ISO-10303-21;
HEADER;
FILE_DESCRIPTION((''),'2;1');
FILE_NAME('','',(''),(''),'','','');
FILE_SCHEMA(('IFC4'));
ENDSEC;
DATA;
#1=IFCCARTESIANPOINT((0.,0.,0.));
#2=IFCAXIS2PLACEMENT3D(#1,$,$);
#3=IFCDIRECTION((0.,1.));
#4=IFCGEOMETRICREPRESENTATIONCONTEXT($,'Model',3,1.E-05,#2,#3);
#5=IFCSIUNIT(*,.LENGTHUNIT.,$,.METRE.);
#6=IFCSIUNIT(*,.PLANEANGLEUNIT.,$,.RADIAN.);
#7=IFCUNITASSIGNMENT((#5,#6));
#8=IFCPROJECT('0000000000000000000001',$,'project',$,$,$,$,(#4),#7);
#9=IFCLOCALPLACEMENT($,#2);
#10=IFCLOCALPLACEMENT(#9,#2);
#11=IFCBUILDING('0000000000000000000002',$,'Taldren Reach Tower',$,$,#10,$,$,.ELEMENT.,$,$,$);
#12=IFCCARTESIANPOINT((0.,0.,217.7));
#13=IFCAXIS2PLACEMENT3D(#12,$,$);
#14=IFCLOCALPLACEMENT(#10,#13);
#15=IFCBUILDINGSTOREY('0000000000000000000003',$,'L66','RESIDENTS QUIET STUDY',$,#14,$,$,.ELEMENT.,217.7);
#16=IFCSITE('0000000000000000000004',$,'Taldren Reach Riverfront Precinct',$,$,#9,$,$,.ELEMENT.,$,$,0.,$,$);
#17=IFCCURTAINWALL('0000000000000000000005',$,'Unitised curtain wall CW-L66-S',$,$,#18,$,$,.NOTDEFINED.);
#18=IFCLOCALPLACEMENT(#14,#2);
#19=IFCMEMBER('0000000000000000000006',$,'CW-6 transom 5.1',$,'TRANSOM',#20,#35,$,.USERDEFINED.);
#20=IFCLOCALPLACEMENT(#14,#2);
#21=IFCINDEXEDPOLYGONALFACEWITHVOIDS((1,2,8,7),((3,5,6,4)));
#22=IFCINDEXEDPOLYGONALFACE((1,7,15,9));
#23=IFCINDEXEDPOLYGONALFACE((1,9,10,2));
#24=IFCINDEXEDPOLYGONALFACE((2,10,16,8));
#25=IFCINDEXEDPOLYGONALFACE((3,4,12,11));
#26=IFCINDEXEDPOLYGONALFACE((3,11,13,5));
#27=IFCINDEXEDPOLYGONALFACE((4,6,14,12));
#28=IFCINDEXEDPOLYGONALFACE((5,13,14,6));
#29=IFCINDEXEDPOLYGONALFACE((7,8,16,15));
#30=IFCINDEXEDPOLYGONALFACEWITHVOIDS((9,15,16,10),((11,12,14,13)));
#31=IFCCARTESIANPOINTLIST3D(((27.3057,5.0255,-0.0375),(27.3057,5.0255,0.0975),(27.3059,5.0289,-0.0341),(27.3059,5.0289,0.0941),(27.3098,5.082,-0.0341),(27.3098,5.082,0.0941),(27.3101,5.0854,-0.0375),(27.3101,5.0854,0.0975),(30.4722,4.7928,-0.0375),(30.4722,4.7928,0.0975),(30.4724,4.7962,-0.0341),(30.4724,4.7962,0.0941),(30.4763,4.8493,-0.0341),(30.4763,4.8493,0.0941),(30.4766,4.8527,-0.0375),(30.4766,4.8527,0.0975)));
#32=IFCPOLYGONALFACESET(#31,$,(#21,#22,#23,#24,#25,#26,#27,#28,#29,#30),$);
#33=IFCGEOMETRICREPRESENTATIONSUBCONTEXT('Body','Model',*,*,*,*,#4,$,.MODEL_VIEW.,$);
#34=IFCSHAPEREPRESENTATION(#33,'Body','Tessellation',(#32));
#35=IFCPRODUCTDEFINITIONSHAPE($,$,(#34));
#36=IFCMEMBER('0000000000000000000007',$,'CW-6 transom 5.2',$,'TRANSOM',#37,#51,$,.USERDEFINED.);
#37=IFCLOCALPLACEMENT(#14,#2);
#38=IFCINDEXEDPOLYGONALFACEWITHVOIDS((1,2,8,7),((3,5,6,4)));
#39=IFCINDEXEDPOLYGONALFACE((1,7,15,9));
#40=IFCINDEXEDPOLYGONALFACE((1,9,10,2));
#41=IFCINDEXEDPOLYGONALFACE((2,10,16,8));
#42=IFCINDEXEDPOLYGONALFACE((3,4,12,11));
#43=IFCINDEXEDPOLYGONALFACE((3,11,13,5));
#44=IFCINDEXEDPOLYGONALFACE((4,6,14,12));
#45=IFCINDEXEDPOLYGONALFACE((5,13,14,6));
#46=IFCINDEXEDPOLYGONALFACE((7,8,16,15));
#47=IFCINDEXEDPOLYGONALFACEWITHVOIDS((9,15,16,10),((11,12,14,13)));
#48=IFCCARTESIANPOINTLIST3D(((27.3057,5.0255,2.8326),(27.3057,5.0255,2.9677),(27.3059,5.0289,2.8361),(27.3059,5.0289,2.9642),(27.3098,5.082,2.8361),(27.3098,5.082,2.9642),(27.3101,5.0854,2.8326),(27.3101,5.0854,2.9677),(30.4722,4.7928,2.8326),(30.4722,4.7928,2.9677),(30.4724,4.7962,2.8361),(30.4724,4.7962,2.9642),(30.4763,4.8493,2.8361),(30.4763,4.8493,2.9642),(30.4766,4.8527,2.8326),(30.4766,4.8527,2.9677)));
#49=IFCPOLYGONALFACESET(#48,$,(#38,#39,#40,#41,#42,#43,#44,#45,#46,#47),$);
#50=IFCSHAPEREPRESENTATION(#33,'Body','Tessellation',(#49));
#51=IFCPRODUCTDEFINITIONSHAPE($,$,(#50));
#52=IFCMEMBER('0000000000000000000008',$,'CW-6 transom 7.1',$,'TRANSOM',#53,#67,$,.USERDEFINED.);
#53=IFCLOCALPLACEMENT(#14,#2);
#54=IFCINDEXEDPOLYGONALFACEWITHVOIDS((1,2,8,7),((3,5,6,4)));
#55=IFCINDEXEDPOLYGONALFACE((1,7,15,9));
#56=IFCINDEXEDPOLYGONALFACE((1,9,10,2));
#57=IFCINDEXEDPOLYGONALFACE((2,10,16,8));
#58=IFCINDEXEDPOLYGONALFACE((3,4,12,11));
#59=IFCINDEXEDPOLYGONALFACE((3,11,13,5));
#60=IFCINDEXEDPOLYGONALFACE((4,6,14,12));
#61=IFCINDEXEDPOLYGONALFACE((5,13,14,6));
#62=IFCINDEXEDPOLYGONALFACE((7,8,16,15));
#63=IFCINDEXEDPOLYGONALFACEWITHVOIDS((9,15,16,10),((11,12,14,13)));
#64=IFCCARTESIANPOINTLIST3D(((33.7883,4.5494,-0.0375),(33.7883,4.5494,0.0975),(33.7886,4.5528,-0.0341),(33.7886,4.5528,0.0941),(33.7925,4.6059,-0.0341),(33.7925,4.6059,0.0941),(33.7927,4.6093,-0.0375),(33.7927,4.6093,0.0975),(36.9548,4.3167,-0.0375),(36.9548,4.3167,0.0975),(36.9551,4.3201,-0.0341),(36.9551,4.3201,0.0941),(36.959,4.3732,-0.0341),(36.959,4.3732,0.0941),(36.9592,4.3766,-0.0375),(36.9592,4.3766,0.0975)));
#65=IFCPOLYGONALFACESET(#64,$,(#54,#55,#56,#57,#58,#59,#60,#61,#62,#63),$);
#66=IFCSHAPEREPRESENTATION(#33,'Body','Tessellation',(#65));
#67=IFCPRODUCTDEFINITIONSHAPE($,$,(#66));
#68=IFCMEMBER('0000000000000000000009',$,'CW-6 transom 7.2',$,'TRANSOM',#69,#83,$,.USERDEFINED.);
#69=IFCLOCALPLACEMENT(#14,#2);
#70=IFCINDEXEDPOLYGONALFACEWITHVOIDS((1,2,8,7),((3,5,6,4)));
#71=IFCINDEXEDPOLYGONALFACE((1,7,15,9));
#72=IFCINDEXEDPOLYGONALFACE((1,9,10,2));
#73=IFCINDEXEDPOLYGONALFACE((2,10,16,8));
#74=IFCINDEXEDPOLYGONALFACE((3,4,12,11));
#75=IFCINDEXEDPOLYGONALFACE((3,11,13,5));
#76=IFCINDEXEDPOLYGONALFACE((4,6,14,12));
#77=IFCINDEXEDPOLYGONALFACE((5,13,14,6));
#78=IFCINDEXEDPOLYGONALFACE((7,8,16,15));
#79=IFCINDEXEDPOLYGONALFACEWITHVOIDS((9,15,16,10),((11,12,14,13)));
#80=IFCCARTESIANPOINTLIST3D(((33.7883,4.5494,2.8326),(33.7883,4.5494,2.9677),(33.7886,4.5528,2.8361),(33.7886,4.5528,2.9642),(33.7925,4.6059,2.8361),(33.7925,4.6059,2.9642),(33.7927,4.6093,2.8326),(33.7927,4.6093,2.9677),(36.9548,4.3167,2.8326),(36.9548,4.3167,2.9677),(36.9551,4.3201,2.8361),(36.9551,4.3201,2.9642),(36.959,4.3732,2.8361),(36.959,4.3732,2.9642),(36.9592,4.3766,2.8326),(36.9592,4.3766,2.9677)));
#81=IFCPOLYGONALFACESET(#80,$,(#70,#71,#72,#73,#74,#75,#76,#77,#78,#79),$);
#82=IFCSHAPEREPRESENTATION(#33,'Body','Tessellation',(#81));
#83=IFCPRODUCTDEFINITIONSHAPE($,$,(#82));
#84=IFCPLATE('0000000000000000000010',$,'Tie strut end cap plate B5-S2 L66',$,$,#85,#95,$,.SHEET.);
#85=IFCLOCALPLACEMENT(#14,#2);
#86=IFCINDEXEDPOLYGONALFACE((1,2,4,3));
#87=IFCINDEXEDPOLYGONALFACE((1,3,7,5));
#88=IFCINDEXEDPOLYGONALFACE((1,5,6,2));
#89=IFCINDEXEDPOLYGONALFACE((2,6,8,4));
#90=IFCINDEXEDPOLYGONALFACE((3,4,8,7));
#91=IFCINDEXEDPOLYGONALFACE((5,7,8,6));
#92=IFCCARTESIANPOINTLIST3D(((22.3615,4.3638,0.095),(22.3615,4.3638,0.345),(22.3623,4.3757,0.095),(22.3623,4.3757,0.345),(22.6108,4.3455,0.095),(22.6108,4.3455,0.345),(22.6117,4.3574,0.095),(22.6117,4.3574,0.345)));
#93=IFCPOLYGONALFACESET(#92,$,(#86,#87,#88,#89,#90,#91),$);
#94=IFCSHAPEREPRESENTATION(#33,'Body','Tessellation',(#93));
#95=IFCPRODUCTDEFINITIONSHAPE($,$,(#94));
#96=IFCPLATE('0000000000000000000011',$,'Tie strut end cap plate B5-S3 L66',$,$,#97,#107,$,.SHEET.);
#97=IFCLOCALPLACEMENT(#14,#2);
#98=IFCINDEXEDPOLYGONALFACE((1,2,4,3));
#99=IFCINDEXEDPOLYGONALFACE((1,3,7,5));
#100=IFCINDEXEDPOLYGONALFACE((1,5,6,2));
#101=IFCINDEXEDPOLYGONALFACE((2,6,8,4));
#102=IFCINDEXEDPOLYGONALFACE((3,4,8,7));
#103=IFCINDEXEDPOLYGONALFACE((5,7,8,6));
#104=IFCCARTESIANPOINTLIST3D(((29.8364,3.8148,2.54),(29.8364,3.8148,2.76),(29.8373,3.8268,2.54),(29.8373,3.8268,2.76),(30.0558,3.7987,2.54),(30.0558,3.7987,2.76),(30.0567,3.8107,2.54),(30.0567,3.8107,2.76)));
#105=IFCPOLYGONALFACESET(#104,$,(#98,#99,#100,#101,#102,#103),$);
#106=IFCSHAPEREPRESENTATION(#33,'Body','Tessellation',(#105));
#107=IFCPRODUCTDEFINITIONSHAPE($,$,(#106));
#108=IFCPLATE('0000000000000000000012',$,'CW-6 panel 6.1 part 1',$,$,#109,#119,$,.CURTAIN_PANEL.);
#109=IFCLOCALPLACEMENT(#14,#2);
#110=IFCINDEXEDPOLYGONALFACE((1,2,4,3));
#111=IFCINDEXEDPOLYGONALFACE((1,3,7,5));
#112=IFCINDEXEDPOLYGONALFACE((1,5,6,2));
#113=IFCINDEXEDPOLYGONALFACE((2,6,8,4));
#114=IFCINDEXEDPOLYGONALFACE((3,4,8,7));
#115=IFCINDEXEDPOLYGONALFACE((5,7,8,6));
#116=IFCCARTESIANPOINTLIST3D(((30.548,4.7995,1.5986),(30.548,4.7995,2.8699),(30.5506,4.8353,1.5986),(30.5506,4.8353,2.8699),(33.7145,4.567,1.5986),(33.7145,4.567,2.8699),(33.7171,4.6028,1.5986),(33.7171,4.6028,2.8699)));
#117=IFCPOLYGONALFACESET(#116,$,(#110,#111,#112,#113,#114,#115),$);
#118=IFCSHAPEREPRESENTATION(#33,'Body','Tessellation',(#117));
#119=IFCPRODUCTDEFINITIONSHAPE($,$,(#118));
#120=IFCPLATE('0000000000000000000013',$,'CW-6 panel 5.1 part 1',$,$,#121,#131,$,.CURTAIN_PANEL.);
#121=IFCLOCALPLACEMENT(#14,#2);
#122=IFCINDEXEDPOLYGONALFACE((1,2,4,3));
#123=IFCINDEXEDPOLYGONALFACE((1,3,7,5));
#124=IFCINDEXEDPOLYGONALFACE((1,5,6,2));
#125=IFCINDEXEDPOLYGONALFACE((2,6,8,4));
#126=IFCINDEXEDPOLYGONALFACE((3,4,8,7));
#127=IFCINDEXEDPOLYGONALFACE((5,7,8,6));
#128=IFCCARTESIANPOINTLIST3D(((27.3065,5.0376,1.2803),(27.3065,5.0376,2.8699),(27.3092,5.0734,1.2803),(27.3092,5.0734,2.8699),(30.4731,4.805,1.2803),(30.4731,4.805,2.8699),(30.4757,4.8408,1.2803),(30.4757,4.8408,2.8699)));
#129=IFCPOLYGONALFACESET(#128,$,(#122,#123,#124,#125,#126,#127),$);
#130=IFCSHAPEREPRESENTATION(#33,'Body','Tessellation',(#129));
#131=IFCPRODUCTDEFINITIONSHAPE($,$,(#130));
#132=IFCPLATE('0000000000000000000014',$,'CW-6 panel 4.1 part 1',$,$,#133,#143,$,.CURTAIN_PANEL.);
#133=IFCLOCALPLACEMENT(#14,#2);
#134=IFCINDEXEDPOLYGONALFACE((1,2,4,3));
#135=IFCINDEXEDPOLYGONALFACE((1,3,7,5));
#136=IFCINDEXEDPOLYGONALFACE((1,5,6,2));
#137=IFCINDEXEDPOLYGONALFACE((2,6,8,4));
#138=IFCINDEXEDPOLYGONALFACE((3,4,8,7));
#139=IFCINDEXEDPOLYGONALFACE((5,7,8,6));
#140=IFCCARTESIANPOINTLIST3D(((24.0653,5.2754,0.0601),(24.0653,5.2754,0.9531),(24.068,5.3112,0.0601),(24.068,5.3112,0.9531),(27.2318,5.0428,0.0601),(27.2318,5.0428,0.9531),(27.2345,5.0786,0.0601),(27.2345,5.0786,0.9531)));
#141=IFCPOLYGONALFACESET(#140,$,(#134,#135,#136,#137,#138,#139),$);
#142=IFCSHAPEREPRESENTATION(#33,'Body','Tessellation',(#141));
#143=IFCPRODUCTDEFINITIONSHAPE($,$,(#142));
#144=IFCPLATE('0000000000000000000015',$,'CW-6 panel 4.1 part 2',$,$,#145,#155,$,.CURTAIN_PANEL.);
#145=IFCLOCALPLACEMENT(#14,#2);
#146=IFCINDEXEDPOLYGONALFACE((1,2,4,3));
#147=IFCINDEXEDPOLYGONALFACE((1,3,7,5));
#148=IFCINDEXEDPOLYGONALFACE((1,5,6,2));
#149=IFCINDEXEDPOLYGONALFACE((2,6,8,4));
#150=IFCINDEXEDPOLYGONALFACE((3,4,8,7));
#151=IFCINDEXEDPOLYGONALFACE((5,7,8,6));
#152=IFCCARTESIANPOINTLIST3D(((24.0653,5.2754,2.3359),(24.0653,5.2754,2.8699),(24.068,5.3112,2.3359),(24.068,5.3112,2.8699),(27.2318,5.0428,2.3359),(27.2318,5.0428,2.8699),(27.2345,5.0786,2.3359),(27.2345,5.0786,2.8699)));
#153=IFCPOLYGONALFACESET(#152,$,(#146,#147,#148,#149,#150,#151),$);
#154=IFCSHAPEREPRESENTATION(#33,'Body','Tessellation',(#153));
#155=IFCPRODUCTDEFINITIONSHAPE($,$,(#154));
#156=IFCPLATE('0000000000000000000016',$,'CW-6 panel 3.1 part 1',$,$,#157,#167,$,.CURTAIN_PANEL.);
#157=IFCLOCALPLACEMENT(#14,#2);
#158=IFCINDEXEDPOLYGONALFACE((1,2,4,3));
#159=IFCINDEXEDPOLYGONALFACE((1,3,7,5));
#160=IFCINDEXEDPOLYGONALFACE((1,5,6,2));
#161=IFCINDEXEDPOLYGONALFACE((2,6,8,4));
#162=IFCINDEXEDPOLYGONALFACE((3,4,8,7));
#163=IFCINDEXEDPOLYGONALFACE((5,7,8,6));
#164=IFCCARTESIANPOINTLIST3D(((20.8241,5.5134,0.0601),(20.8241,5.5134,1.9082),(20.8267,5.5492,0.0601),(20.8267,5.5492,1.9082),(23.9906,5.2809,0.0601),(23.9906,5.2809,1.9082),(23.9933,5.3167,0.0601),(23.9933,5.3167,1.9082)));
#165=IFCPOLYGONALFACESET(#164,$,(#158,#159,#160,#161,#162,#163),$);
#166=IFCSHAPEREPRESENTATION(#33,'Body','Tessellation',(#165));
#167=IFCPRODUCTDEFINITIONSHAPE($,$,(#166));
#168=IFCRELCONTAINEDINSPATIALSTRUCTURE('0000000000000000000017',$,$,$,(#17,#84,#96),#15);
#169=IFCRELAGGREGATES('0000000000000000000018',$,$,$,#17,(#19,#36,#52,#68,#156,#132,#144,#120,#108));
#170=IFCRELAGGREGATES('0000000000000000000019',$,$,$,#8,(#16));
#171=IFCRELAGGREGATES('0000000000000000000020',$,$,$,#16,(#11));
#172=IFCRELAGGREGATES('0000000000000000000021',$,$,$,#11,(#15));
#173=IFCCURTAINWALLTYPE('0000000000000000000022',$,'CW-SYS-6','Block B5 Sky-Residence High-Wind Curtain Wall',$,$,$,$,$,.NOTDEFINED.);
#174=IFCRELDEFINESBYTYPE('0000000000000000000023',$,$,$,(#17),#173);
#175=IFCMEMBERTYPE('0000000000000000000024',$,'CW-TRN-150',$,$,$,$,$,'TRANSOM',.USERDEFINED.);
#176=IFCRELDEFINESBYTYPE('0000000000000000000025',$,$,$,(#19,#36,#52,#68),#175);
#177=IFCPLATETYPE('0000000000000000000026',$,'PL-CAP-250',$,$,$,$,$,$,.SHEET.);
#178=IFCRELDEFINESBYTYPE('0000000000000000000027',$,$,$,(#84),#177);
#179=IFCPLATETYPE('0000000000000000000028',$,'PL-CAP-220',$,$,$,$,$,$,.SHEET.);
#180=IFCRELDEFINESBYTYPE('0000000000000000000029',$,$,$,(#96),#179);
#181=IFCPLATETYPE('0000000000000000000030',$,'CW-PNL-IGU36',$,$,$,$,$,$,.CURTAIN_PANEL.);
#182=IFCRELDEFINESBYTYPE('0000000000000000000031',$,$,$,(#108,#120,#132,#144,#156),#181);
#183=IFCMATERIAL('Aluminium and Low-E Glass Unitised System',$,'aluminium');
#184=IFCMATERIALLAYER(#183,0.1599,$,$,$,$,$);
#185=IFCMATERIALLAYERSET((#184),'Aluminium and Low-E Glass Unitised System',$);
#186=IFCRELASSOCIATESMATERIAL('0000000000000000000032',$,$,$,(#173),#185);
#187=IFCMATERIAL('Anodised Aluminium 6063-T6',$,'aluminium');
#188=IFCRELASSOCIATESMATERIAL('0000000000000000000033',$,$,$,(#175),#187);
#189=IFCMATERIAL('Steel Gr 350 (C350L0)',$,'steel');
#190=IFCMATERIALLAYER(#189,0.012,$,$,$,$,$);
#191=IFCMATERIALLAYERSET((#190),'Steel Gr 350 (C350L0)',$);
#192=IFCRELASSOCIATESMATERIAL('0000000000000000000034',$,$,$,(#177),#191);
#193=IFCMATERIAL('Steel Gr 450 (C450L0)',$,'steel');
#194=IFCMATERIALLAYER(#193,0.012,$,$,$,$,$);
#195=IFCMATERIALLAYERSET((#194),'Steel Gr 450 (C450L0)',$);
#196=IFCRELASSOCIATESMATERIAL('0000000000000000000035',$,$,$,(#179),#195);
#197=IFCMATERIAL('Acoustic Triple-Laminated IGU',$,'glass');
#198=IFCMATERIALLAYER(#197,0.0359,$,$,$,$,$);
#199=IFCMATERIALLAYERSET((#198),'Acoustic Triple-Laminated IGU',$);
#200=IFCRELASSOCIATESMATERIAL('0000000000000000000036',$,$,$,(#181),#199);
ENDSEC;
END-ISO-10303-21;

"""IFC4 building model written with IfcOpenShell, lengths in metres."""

from ifc_helpers import new_model, si_unit, direction, frame, origin, origin_2d, place, context, subcontext, project, spatial, rectangle, hollow_rectangle, extrude, source, transform, mapped, material, layer, layer_set, material_profile, profile_set, type_object, element, aggregate, save


model = new_model("IFC4")

# Units and contexts
model_context = context("Model", 3, precision=1e-05, world=origin(), true_north=direction((0.0, 1.0)))
body_context = subcontext(model_context, "Body", "Model", "MODEL_VIEW")
ifc_project = project(units=[si_unit("LENGTHUNIT", "METRE"), si_unit("PLANEANGLEUNIT", "RADIAN")], contexts=[model_context])

# Site, building, storey
site_placement = place(None, origin())
site = spatial("IfcSite", under=ifc_project, at=site_placement, Name="Taldren Reach Riverfront Precinct", CompositionType="ELEMENT", RefElevation=0.0)
building_placement = place(site_placement, origin())
building = spatial("IfcBuilding", under=site, at=building_placement, Name="Taldren Reach Tower", CompositionType="ELEMENT")
storey_placement = place(building_placement, frame((0.0, 0.0, 217.7)))
storey = spatial("IfcBuildingStorey", under=building, at=storey_placement, Name="L66", Description="RESIDENTS QUIET STUDY", CompositionType="ELEMENT", Elevation=217.7)

# Shared definitions
ifc_material_1 = material(Name="Steel Gr 350 (C350L0)", Category="steel")
ifc_material_2 = material(Name="Steel Gr 450 (C450L0)", Category="steel")

# Curtain wall, members
ifc_material_3 = material(Name="Aluminium and Low-E Glass Unitised System", Category="aluminium")
ifc_layer_1 = layer(ifc_material_3, 0.1599)
ifc_layer_set_1 = layer_set([ifc_layer_1], Name="Aluminium and Low-E Glass Unitised System")
curtain_wall_type = type_object("IfcCurtainWallType", Name="CW-SYS-6", Description="Block B5 Sky-Residence High-Wind Curtain Wall", PredefinedType="NOTDEFINED", material=ifc_layer_set_1)
curtain_wall_placement = place(storey_placement, origin())
curtain_wall = element("IfcCurtainWall", 1, at=curtain_wall_placement, inside=storey, type_object=curtain_wall_type, Name="Unitised curtain wall CW-L66-S", PredefinedType="NOTDEFINED")
ifc_material_4 = material(Name="Anodised Aluminium 6063-T6", Category="aluminium")
ifc_material_profile_1 = material_profile(ifc_material_4, hollow_rectangle(XDim=0.0601, YDim=0.135, WallThickness=0.0034, at=origin_2d()), Name="ALU-135x60x3.5RHS")
ifc_profile_set_1 = profile_set([ifc_material_profile_1], Name="Anodised Aluminium 6063-T6")
member_type_1 = type_object("IfcMemberType", Name="CW-TRN-150", ElementType="TRANSOM", PredefinedType="USERDEFINED", material=ifc_profile_set_1)
shared_shape_1 = source(origin(), body_context, "Body", "SweptSolid", [
    extrude(hollow_rectangle(XDim=0.0601, YDim=0.135, WallThickness=0.0034, at=origin_2d()), origin(), (0.0, 0.0, 1.0), 3.175),
])
member_1_placement = place(storey_placement, frame((27.3079, 5.0554, 0.03), z_axis=(0.997311, -0.07328, 0.0), x_axis=(0.07328, 0.997311, 0.0)))
member_1 = element("IfcMember", 2, at=member_1_placement, type_object=member_type_1, Name="CW-6 transom 5.1", ObjectType="TRANSOM", PredefinedType="USERDEFINED", context=body_context, shape_type="MappedRepresentation", body=[
    mapped(shared_shape_1, transform((0.0, 0.0, 0.0), scale=1.0)),
])
member_2_placement = place(storey_placement, frame((27.3079, 5.0554, 2.9001), z_axis=(0.997311, -0.07328, 0.0), x_axis=(0.07328, 0.997311, 0.0)))
member_2 = element("IfcMember", 3, at=member_2_placement, type_object=member_type_1, Name="CW-6 transom 5.2", ObjectType="TRANSOM", PredefinedType="USERDEFINED", context=body_context, shape_type="MappedRepresentation", body=[
    mapped(shared_shape_1, transform((0.0, 0.0, 0.0), scale=1.0)),
])
member_3_placement = place(storey_placement, frame((33.7905, 4.5793, 0.03), z_axis=(0.997311, -0.07328, 0.0), x_axis=(0.07328, 0.997311, 0.0)))
member_3 = element("IfcMember", 4, at=member_3_placement, type_object=member_type_1, Name="CW-6 transom 7.1", ObjectType="TRANSOM", PredefinedType="USERDEFINED", context=body_context, shape_type="MappedRepresentation", body=[
    mapped(shared_shape_1, transform((0.0, 0.0, 0.0), scale=1.0)),
])
member_4_placement = place(storey_placement, frame((33.7905, 4.5793, 2.9001), z_axis=(0.997311, -0.07328, 0.0), x_axis=(0.07328, 0.997311, 0.0)))
member_4 = element("IfcMember", 5, at=member_4_placement, type_object=member_type_1, Name="CW-6 transom 7.2", ObjectType="TRANSOM", PredefinedType="USERDEFINED", context=body_context, shape_type="MappedRepresentation", body=[
    mapped(shared_shape_1, transform((0.0, 0.0, 0.0), scale=1.0)),
])

# Plates
ifc_layer_2 = layer(ifc_material_1, 0.012)
ifc_layer_set_2 = layer_set([ifc_layer_2], Name="Steel Gr 350 (C350L0)")
plate_type_1 = type_object("IfcPlateType", Name="PL-CAP-250", PredefinedType="SHEET", material=ifc_layer_set_2)
shared_shape_2 = source(origin(), body_context, "Body", "SweptSolid", [
    extrude(rectangle(XDim=0.25, YDim=0.012, at=origin_2d()), origin(), (0.0, 0.0, 1.0), 0.25),
])
plate_1_placement = place(storey_placement, frame((22.4866, 4.3606, 0.095), z_axis=(0.0, 0.0, 1.0), x_axis=(0.997314, -0.073238, 0.0)))
element("IfcPlate", 6, at=plate_1_placement, inside=storey, type_object=plate_type_1, Name="Tie strut end cap plate B5-S2 L66", PredefinedType="SHEET", context=body_context, shape_type="MappedRepresentation", body=[
    mapped(shared_shape_2, transform((0.0, 0.0, 0.0), scale=1.0)),
])
ifc_layer_3 = layer(ifc_material_2, 0.012)
ifc_layer_set_3 = layer_set([ifc_layer_3], Name="Steel Gr 450 (C450L0)")
plate_type_2 = type_object("IfcPlateType", Name="PL-CAP-220", PredefinedType="SHEET", material=ifc_layer_set_3)
shared_shape_3 = source(origin(), body_context, "Body", "SweptSolid", [
    extrude(rectangle(XDim=0.22, YDim=0.012, at=origin_2d()), origin(), (0.0, 0.0, 1.0), 0.22),
])
plate_2_placement = place(storey_placement, frame((29.9465, 3.8127, 2.54), z_axis=(0.0, 0.0, 1.0), x_axis=(0.997314, -0.073238, 0.0)))
element("IfcPlate", 7, at=plate_2_placement, inside=storey, type_object=plate_type_2, Name="Tie strut end cap plate B5-S3 L66", PredefinedType="SHEET", context=body_context, shape_type="MappedRepresentation", body=[
    mapped(shared_shape_3, transform((0.0, 0.0, 0.0), scale=1.0)),
])

# Plates
ifc_material_5 = material(Name="Acoustic Triple-Laminated IGU", Category="glass")
ifc_layer_4 = layer(ifc_material_5, 0.0359)
ifc_layer_set_4 = layer_set([ifc_layer_4], Name="Acoustic Triple-Laminated IGU")
plate_type_3 = type_object("IfcPlateType", Name="CW-PNL-IGU36", PredefinedType="CURTAIN_PANEL", material=ifc_layer_set_4)
shared_shape_4 = source(origin(), body_context, "Body", "SweptSolid", [
    extrude(rectangle(XDim=3.175, YDim=0.0359, at=origin_2d()), origin(), (0.0, 0.0, 1.0), 1.2712),
])
plate_3_placement = place(storey_placement, frame((32.1326, 4.7012, 1.5986), z_axis=(0.0, 0.0, 1.0), x_axis=(0.997314, -0.073238, 0.0)))
plate_3 = element("IfcPlate", 8, at=plate_3_placement, type_object=plate_type_3, Name="CW-6 panel 6.1 part 1", PredefinedType="CURTAIN_PANEL", context=body_context, shape_type="MappedRepresentation", body=[
    mapped(shared_shape_4, transform((0.0, 0.0, 0.0), scale=1.0)),
])
shared_shape_5 = source(origin(), body_context, "Body", "SweptSolid", [
    extrude(rectangle(XDim=3.175, YDim=0.0359, at=origin_2d()), origin(), (0.0, 0.0, 1.0), 1.5896),
])
plate_4_placement = place(storey_placement, frame((28.8911, 4.9392, 1.2803), z_axis=(0.0, 0.0, 1.0), x_axis=(0.997314, -0.073238, 0.0)))
plate_4 = element("IfcPlate", 9, at=plate_4_placement, type_object=plate_type_3, Name="CW-6 panel 5.1 part 1", PredefinedType="CURTAIN_PANEL", context=body_context, shape_type="MappedRepresentation", body=[
    mapped(shared_shape_5, transform((0.0, 0.0, 0.0), scale=1.0)),
])
shared_shape_6 = source(origin(), body_context, "Body", "SweptSolid", [
    extrude(rectangle(XDim=3.175, YDim=0.0359, at=origin_2d()), origin(), (0.0, 0.0, 1.0), 0.8931),
])
plate_5_placement = place(storey_placement, frame((25.6499, 5.177, 0.0601), z_axis=(0.0, 0.0, 1.0), x_axis=(0.997314, -0.073238, 0.0)))
plate_5 = element("IfcPlate", 10, at=plate_5_placement, type_object=plate_type_3, Name="CW-6 panel 4.1 part 1", PredefinedType="CURTAIN_PANEL", context=body_context, shape_type="MappedRepresentation", body=[
    mapped(shared_shape_6, transform((0.0, 0.0, 0.0), scale=1.0)),
])
shared_shape_7 = source(origin(), body_context, "Body", "SweptSolid", [
    extrude(rectangle(XDim=3.175, YDim=0.0359, at=origin_2d()), origin(), (0.0, 0.0, 1.0), 0.5339),
])
plate_6_placement = place(storey_placement, frame((25.6499, 5.177, 2.3359), z_axis=(0.0, 0.0, 1.0), x_axis=(0.997314, -0.073238, 0.0)))
plate_6 = element("IfcPlate", 11, at=plate_6_placement, type_object=plate_type_3, Name="CW-6 panel 4.1 part 2", PredefinedType="CURTAIN_PANEL", context=body_context, shape_type="MappedRepresentation", body=[
    mapped(shared_shape_7, transform((0.0, 0.0, 0.0), scale=1.0)),
])
shared_shape_8 = source(origin(), body_context, "Body", "SweptSolid", [
    extrude(rectangle(XDim=3.175, YDim=0.0359, at=origin_2d()), origin(), (0.0, 0.0, 1.0), 1.8481),
])
plate_7_placement = place(storey_placement, frame((22.4087, 5.415, 0.0601), z_axis=(0.0, 0.0, 1.0), x_axis=(0.997314, -0.073238, 0.0)))
plate_7 = element("IfcPlate", 12, at=plate_7_placement, type_object=plate_type_3, Name="CW-6 panel 3.1 part 1", PredefinedType="CURTAIN_PANEL", context=body_context, shape_type="MappedRepresentation", body=[
    mapped(shared_shape_8, transform((0.0, 0.0, 0.0), scale=1.0)),
])
aggregate(curtain_wall, [member_1, member_2, member_3, member_4, plate_7, plate_5, plate_6, plate_4, plate_3])

save(model, "model.ifc")
